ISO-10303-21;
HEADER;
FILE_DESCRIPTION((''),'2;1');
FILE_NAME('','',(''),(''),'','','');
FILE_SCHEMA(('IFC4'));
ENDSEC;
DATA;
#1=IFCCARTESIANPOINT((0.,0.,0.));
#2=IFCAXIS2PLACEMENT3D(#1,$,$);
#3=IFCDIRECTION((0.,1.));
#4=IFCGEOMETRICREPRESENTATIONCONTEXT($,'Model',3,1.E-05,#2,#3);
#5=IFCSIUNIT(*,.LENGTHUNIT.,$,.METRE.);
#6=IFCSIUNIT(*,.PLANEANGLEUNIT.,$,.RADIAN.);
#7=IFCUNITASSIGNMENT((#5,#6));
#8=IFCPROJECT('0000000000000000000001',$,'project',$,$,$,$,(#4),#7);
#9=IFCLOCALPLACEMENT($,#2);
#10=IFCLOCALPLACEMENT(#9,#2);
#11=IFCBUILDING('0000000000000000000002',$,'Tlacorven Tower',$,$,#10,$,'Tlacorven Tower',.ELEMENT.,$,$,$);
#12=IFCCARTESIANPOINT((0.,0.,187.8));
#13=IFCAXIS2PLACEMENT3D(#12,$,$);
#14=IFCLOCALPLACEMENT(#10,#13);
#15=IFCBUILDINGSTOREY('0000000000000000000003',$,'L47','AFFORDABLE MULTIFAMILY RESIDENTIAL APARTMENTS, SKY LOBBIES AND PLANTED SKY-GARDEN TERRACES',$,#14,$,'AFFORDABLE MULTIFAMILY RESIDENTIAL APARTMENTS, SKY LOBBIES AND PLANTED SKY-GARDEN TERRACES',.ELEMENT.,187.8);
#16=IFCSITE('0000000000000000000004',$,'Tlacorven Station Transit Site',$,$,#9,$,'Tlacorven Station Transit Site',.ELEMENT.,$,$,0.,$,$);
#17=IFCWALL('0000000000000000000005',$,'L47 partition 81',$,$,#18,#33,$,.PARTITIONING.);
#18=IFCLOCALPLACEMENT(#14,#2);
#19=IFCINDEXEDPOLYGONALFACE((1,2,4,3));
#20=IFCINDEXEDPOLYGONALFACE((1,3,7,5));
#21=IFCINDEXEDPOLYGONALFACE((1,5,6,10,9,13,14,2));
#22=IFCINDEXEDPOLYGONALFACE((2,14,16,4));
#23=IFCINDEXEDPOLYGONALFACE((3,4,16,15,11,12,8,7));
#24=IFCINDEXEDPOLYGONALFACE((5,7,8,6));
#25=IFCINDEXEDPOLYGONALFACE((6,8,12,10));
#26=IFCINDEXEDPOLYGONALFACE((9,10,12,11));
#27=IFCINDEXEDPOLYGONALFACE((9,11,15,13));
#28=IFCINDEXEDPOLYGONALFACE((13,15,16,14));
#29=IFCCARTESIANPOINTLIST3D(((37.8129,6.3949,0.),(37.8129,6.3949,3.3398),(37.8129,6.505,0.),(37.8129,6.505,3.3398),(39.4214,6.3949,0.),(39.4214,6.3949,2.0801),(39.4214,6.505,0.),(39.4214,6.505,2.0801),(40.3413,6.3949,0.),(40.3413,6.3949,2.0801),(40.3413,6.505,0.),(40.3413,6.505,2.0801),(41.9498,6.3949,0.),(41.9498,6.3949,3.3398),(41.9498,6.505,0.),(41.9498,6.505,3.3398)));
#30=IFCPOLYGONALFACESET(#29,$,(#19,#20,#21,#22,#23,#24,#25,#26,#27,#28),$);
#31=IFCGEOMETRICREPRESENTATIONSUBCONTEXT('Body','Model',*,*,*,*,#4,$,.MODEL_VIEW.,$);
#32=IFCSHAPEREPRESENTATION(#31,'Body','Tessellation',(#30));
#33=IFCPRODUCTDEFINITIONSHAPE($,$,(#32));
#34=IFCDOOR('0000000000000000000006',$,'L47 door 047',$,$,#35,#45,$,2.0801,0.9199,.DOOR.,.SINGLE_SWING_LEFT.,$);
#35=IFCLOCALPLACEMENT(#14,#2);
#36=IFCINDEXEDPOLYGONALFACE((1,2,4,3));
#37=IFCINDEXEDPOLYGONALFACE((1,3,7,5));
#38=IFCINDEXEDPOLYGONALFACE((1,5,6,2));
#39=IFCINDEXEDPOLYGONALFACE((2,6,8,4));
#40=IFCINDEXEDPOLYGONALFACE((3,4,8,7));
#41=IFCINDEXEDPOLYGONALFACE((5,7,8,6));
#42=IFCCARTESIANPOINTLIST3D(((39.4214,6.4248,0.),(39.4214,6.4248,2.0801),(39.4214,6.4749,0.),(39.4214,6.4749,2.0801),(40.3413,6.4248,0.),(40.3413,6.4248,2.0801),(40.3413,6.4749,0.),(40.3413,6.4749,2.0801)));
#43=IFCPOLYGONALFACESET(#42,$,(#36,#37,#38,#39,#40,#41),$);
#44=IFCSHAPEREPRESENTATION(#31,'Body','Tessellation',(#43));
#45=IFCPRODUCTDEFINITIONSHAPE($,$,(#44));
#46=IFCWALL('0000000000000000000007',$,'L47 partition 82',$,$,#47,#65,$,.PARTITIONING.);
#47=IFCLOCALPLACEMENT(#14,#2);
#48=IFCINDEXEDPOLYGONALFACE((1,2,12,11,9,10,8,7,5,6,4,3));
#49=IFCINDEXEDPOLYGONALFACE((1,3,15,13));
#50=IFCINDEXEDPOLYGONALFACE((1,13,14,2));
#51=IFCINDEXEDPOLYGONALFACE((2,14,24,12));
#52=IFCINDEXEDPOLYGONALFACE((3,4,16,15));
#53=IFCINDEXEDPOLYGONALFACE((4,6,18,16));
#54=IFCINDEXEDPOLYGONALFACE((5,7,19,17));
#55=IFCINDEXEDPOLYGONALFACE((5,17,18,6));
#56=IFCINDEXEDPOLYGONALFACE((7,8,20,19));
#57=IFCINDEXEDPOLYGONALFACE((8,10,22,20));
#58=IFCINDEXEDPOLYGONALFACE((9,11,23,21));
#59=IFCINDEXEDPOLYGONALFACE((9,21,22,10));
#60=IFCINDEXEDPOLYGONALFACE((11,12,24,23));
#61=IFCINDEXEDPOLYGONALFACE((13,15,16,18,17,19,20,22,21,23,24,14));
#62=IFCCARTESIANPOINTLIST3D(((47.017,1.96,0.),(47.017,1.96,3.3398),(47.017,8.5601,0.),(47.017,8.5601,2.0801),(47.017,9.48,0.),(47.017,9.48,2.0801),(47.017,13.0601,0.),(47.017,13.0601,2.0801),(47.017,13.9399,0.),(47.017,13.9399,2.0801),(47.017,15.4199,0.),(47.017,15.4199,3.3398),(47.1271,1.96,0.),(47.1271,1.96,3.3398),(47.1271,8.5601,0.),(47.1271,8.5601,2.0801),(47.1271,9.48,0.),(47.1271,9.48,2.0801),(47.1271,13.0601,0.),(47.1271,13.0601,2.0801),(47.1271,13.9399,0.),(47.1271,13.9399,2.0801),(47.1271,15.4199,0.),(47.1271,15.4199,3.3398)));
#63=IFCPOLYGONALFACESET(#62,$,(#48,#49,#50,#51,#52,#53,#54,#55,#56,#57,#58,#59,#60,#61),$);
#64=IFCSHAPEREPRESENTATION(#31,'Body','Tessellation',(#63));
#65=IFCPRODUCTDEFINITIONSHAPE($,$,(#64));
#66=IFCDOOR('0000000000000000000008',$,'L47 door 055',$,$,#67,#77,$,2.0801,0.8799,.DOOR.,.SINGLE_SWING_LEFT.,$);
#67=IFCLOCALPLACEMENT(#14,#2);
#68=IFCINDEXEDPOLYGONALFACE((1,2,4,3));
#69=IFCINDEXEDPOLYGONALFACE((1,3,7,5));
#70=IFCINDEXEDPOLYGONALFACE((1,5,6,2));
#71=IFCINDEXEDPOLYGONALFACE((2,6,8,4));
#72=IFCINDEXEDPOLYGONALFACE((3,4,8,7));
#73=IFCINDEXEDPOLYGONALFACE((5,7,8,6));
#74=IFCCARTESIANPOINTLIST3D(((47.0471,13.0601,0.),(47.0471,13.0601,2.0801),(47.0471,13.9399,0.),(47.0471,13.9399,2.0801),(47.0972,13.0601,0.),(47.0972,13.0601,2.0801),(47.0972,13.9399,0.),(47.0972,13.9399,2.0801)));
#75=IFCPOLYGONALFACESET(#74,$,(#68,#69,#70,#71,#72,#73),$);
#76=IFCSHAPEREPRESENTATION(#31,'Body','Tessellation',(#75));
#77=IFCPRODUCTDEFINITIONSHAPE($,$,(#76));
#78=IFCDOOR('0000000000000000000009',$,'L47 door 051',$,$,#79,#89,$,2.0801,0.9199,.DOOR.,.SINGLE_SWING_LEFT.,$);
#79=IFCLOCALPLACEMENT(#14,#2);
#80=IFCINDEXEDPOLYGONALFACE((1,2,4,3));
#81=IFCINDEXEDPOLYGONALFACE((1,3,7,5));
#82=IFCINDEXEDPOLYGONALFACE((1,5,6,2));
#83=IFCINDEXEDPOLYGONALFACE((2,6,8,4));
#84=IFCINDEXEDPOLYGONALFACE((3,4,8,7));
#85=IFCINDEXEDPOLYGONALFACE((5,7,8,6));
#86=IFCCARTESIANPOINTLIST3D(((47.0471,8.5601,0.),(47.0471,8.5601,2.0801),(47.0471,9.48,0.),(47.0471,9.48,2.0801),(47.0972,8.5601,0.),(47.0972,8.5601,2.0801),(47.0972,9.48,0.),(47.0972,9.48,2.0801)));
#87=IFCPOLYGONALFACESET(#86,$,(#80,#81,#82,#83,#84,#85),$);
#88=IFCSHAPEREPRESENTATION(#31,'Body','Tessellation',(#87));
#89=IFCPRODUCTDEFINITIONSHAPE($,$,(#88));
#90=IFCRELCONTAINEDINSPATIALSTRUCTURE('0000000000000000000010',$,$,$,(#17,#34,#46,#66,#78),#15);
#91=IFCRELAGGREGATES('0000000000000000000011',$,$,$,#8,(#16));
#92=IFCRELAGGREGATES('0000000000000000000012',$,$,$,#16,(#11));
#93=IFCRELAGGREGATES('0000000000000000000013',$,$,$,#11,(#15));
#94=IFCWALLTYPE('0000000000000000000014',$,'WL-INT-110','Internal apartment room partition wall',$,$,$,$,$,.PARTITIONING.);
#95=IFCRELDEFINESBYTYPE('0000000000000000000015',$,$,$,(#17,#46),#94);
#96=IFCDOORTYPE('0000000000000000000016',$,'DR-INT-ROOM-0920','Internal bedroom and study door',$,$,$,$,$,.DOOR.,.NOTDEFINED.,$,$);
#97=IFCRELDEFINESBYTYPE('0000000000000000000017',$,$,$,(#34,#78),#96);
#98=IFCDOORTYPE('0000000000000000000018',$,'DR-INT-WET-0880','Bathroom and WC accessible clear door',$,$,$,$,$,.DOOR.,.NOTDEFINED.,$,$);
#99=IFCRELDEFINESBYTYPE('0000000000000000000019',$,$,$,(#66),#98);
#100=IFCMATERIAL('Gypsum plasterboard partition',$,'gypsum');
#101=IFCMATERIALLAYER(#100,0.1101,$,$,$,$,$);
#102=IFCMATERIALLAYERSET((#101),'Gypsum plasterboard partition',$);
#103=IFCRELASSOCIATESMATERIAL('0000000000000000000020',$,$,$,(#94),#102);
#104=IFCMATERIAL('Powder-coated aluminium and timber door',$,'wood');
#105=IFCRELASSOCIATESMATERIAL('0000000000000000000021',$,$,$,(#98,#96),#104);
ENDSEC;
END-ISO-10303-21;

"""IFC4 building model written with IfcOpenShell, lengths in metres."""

from ifc_helpers import new_model, si_unit, direction, frame, frame_2d, origin, place, context, subcontext, project, spatial, rectangle, extrude, source, transform, mapped, material, layer, layer_set, type_object, element, fill, save


model = new_model("IFC4")

# Units and contexts
model_context = context("Model", 3, precision=1e-05, world=origin(), true_north=direction((0.0, 1.0)))
body_context = subcontext(model_context, "Body", "Model", "MODEL_VIEW")
ifc_project = project(units=[si_unit("LENGTHUNIT", "METRE"), si_unit("PLANEANGLEUNIT", "RADIAN")], contexts=[model_context])

# Site, building, storey
site_placement = place(None, origin())
site = spatial("IfcSite", under=ifc_project, at=site_placement, Name="Tlacorven Station Transit Site", LongName="Tlacorven Station Transit Site", CompositionType="ELEMENT", RefElevation=0.0)
building_placement = place(site_placement, origin())
building = spatial("IfcBuilding", under=site, at=building_placement, Name="Tlacorven Tower", LongName="Tlacorven Tower", CompositionType="ELEMENT")
storey_placement = place(building_placement, frame((0.0, 0.0, 187.8)))
storey = spatial("IfcBuildingStorey", under=building, at=storey_placement, Name="L47", Description="AFFORDABLE MULTIFAMILY RESIDENTIAL APARTMENTS, SKY LOBBIES AND PLANTED SKY-GARDEN TERRACES", LongName="AFFORDABLE MULTIFAMILY RESIDENTIAL APARTMENTS, SKY LOBBIES AND PLANTED SKY-GARDEN TERRACES", CompositionType="ELEMENT", Elevation=187.8)

# Shared definitions
ifc_material_1 = material(Name="Gypsum plasterboard partition", Category="gypsum")
ifc_layer_1 = layer(ifc_material_1, 0.1101)
ifc_layer_set_1 = layer_set([ifc_layer_1], Name="Gypsum plasterboard partition")
wall_type_1 = type_object("IfcWallType", Name="WL-INT-110", Description="Internal apartment room partition wall", PredefinedType="PARTITIONING", material=ifc_layer_set_1)
ifc_material_2 = material(Name="Powder-coated aluminium and timber door", Category="wood")
door_type_1 = type_object("IfcDoorType", Name="DR-INT-WET-0880", Description="Bathroom and WC accessible clear door", OperationType="NOTDEFINED", PredefinedType="DOOR", material=ifc_material_2)
shared_shape_1 = source(origin(), body_context, "Body", "SweptSolid", [
    extrude(rectangle(XDim=0.8799, YDim=2.0801, at=frame_2d((0.4399, 1.04))), frame((0.0, 0.0249, 0.0), z_axis=(0.0, -1.0, 0.0), x_axis=(1.0, 0.0, 0.0)), (0.0, 0.0, 1.0), 0.05),
])
door_type_2 = type_object("IfcDoorType", Name="DR-INT-ROOM-0920", Description="Internal bedroom and study door", OperationType="NOTDEFINED", PredefinedType="DOOR", material=ifc_material_2)
shared_shape_2 = source(origin(), body_context, "Body", "SweptSolid", [
    extrude(rectangle(XDim=0.9199, YDim=2.0801, at=frame_2d((0.46, 1.04))), frame((0.0, 0.0249, 0.0), z_axis=(0.0, -1.0, 0.0), x_axis=(1.0, 0.0, 0.0)), (0.0, 0.0, 1.0), 0.05),
])

# Wall, opening, door
wall_1_placement = place(storey_placement, frame((37.813, 6.45, 0.0), z_axis=(0.0, 0.0, 1.0), x_axis=(1.0, 0.0, 0.0)))
wall_1 = element("IfcWall", 1, at=wall_1_placement, inside=storey, type_object=wall_type_1, Name="L47 partition 81", PredefinedType="PARTITIONING", context=body_context, shape_type="SweptSolid", body=[
    extrude(rectangle(XDim=4.137, YDim=0.1101, at=frame_2d((2.0684, 0.0))), origin(), (0.0, 0.0, 1.0), 3.3398),
])
opening_1_placement = place(wall_1_placement, frame((1.6084, 0.0, 0.0)))
opening_1 = element("IfcOpeningElement", 2, at=opening_1_placement, cuts=wall_1, PredefinedType="OPENING", context=body_context, shape_type="SweptSolid", body=[
    extrude(rectangle(XDim=0.9199, YDim=2.0801, at=frame_2d((0.46, 1.04))), frame((0.0, 0.0649, 0.0), z_axis=(0.0, -1.0, 0.0), x_axis=(1.0, 0.0, 0.0)), (0.0, 0.0, 1.0), 0.1301),
])
door_1_placement = place(opening_1_placement, origin())
door_1 = element("IfcDoor", 3, at=door_1_placement, inside=storey, type_object=door_type_2, Name="L47 door 047", OperationType="SINGLE_SWING_LEFT", OverallHeight=2.0801, OverallWidth=0.9199, PredefinedType="DOOR", context=body_context, shape_type="MappedRepresentation", body=[
    mapped(shared_shape_2, transform((0.0, 0.0, 0.0), scale=1.0)),
])
fill(opening_1, door_1)

# Wall, openings, doors
wall_2_placement = place(storey_placement, frame((47.072, 1.96, 0.0), z_axis=(0.0, 0.0, 1.0), x_axis=(0.0, 1.0, 0.0)))
wall_2 = element("IfcWall", 4, at=wall_2_placement, inside=storey, type_object=wall_type_1, Name="L47 partition 82", PredefinedType="PARTITIONING", context=body_context, shape_type="SweptSolid", body=[
    extrude(rectangle(XDim=13.46, YDim=0.1101, at=frame_2d((6.73, 0.0))), origin(), (0.0, 0.0, 1.0), 3.3398),
])
opening_2_placement = place(wall_2_placement, frame((6.6001, 0.0, 0.0)))
opening_2 = element("IfcOpeningElement", 5, at=opening_2_placement, cuts=wall_2, PredefinedType="OPENING", context=body_context, shape_type="SweptSolid", body=[
    extrude(rectangle(XDim=0.9199, YDim=2.0801, at=frame_2d((0.46, 1.04))), frame((0.0, 0.0649, 0.0), z_axis=(0.0, -1.0, 0.0), x_axis=(1.0, 0.0, 0.0)), (0.0, 0.0, 1.0), 0.1301),
])
opening_3_placement = place(wall_2_placement, frame((11.1001, 0.0, 0.0)))
opening_3 = element("IfcOpeningElement", 6, at=opening_3_placement, cuts=wall_2, PredefinedType="OPENING", context=body_context, shape_type="SweptSolid", body=[
    extrude(rectangle(XDim=0.8799, YDim=2.0801, at=frame_2d((0.4399, 1.04))), frame((0.0, 0.0649, 0.0), z_axis=(0.0, -1.0, 0.0), x_axis=(1.0, 0.0, 0.0)), (0.0, 0.0, 1.0), 0.1301),
])
door_2_placement = place(opening_3_placement, origin())
door_2 = element("IfcDoor", 7, at=door_2_placement, inside=storey, type_object=door_type_1, Name="L47 door 055", OperationType="SINGLE_SWING_LEFT", OverallHeight=2.0801, OverallWidth=0.8799, PredefinedType="DOOR", context=body_context, shape_type="MappedRepresentation", body=[
    mapped(shared_shape_1, transform((0.0, 0.0, 0.0), scale=1.0)),
])
fill(opening_3, door_2)
door_3_placement = place(opening_2_placement, origin())
door_3 = element("IfcDoor", 8, at=door_3_placement, inside=storey, type_object=door_type_2, Name="L47 door 051", OperationType="SINGLE_SWING_LEFT", OverallHeight=2.0801, OverallWidth=0.9199, PredefinedType="DOOR", context=body_context, shape_type="MappedRepresentation", body=[
    mapped(shared_shape_2, transform((0.0, 0.0, 0.0), scale=1.0)),
])
fill(opening_2, door_3)

save(model, "model.ifc")
